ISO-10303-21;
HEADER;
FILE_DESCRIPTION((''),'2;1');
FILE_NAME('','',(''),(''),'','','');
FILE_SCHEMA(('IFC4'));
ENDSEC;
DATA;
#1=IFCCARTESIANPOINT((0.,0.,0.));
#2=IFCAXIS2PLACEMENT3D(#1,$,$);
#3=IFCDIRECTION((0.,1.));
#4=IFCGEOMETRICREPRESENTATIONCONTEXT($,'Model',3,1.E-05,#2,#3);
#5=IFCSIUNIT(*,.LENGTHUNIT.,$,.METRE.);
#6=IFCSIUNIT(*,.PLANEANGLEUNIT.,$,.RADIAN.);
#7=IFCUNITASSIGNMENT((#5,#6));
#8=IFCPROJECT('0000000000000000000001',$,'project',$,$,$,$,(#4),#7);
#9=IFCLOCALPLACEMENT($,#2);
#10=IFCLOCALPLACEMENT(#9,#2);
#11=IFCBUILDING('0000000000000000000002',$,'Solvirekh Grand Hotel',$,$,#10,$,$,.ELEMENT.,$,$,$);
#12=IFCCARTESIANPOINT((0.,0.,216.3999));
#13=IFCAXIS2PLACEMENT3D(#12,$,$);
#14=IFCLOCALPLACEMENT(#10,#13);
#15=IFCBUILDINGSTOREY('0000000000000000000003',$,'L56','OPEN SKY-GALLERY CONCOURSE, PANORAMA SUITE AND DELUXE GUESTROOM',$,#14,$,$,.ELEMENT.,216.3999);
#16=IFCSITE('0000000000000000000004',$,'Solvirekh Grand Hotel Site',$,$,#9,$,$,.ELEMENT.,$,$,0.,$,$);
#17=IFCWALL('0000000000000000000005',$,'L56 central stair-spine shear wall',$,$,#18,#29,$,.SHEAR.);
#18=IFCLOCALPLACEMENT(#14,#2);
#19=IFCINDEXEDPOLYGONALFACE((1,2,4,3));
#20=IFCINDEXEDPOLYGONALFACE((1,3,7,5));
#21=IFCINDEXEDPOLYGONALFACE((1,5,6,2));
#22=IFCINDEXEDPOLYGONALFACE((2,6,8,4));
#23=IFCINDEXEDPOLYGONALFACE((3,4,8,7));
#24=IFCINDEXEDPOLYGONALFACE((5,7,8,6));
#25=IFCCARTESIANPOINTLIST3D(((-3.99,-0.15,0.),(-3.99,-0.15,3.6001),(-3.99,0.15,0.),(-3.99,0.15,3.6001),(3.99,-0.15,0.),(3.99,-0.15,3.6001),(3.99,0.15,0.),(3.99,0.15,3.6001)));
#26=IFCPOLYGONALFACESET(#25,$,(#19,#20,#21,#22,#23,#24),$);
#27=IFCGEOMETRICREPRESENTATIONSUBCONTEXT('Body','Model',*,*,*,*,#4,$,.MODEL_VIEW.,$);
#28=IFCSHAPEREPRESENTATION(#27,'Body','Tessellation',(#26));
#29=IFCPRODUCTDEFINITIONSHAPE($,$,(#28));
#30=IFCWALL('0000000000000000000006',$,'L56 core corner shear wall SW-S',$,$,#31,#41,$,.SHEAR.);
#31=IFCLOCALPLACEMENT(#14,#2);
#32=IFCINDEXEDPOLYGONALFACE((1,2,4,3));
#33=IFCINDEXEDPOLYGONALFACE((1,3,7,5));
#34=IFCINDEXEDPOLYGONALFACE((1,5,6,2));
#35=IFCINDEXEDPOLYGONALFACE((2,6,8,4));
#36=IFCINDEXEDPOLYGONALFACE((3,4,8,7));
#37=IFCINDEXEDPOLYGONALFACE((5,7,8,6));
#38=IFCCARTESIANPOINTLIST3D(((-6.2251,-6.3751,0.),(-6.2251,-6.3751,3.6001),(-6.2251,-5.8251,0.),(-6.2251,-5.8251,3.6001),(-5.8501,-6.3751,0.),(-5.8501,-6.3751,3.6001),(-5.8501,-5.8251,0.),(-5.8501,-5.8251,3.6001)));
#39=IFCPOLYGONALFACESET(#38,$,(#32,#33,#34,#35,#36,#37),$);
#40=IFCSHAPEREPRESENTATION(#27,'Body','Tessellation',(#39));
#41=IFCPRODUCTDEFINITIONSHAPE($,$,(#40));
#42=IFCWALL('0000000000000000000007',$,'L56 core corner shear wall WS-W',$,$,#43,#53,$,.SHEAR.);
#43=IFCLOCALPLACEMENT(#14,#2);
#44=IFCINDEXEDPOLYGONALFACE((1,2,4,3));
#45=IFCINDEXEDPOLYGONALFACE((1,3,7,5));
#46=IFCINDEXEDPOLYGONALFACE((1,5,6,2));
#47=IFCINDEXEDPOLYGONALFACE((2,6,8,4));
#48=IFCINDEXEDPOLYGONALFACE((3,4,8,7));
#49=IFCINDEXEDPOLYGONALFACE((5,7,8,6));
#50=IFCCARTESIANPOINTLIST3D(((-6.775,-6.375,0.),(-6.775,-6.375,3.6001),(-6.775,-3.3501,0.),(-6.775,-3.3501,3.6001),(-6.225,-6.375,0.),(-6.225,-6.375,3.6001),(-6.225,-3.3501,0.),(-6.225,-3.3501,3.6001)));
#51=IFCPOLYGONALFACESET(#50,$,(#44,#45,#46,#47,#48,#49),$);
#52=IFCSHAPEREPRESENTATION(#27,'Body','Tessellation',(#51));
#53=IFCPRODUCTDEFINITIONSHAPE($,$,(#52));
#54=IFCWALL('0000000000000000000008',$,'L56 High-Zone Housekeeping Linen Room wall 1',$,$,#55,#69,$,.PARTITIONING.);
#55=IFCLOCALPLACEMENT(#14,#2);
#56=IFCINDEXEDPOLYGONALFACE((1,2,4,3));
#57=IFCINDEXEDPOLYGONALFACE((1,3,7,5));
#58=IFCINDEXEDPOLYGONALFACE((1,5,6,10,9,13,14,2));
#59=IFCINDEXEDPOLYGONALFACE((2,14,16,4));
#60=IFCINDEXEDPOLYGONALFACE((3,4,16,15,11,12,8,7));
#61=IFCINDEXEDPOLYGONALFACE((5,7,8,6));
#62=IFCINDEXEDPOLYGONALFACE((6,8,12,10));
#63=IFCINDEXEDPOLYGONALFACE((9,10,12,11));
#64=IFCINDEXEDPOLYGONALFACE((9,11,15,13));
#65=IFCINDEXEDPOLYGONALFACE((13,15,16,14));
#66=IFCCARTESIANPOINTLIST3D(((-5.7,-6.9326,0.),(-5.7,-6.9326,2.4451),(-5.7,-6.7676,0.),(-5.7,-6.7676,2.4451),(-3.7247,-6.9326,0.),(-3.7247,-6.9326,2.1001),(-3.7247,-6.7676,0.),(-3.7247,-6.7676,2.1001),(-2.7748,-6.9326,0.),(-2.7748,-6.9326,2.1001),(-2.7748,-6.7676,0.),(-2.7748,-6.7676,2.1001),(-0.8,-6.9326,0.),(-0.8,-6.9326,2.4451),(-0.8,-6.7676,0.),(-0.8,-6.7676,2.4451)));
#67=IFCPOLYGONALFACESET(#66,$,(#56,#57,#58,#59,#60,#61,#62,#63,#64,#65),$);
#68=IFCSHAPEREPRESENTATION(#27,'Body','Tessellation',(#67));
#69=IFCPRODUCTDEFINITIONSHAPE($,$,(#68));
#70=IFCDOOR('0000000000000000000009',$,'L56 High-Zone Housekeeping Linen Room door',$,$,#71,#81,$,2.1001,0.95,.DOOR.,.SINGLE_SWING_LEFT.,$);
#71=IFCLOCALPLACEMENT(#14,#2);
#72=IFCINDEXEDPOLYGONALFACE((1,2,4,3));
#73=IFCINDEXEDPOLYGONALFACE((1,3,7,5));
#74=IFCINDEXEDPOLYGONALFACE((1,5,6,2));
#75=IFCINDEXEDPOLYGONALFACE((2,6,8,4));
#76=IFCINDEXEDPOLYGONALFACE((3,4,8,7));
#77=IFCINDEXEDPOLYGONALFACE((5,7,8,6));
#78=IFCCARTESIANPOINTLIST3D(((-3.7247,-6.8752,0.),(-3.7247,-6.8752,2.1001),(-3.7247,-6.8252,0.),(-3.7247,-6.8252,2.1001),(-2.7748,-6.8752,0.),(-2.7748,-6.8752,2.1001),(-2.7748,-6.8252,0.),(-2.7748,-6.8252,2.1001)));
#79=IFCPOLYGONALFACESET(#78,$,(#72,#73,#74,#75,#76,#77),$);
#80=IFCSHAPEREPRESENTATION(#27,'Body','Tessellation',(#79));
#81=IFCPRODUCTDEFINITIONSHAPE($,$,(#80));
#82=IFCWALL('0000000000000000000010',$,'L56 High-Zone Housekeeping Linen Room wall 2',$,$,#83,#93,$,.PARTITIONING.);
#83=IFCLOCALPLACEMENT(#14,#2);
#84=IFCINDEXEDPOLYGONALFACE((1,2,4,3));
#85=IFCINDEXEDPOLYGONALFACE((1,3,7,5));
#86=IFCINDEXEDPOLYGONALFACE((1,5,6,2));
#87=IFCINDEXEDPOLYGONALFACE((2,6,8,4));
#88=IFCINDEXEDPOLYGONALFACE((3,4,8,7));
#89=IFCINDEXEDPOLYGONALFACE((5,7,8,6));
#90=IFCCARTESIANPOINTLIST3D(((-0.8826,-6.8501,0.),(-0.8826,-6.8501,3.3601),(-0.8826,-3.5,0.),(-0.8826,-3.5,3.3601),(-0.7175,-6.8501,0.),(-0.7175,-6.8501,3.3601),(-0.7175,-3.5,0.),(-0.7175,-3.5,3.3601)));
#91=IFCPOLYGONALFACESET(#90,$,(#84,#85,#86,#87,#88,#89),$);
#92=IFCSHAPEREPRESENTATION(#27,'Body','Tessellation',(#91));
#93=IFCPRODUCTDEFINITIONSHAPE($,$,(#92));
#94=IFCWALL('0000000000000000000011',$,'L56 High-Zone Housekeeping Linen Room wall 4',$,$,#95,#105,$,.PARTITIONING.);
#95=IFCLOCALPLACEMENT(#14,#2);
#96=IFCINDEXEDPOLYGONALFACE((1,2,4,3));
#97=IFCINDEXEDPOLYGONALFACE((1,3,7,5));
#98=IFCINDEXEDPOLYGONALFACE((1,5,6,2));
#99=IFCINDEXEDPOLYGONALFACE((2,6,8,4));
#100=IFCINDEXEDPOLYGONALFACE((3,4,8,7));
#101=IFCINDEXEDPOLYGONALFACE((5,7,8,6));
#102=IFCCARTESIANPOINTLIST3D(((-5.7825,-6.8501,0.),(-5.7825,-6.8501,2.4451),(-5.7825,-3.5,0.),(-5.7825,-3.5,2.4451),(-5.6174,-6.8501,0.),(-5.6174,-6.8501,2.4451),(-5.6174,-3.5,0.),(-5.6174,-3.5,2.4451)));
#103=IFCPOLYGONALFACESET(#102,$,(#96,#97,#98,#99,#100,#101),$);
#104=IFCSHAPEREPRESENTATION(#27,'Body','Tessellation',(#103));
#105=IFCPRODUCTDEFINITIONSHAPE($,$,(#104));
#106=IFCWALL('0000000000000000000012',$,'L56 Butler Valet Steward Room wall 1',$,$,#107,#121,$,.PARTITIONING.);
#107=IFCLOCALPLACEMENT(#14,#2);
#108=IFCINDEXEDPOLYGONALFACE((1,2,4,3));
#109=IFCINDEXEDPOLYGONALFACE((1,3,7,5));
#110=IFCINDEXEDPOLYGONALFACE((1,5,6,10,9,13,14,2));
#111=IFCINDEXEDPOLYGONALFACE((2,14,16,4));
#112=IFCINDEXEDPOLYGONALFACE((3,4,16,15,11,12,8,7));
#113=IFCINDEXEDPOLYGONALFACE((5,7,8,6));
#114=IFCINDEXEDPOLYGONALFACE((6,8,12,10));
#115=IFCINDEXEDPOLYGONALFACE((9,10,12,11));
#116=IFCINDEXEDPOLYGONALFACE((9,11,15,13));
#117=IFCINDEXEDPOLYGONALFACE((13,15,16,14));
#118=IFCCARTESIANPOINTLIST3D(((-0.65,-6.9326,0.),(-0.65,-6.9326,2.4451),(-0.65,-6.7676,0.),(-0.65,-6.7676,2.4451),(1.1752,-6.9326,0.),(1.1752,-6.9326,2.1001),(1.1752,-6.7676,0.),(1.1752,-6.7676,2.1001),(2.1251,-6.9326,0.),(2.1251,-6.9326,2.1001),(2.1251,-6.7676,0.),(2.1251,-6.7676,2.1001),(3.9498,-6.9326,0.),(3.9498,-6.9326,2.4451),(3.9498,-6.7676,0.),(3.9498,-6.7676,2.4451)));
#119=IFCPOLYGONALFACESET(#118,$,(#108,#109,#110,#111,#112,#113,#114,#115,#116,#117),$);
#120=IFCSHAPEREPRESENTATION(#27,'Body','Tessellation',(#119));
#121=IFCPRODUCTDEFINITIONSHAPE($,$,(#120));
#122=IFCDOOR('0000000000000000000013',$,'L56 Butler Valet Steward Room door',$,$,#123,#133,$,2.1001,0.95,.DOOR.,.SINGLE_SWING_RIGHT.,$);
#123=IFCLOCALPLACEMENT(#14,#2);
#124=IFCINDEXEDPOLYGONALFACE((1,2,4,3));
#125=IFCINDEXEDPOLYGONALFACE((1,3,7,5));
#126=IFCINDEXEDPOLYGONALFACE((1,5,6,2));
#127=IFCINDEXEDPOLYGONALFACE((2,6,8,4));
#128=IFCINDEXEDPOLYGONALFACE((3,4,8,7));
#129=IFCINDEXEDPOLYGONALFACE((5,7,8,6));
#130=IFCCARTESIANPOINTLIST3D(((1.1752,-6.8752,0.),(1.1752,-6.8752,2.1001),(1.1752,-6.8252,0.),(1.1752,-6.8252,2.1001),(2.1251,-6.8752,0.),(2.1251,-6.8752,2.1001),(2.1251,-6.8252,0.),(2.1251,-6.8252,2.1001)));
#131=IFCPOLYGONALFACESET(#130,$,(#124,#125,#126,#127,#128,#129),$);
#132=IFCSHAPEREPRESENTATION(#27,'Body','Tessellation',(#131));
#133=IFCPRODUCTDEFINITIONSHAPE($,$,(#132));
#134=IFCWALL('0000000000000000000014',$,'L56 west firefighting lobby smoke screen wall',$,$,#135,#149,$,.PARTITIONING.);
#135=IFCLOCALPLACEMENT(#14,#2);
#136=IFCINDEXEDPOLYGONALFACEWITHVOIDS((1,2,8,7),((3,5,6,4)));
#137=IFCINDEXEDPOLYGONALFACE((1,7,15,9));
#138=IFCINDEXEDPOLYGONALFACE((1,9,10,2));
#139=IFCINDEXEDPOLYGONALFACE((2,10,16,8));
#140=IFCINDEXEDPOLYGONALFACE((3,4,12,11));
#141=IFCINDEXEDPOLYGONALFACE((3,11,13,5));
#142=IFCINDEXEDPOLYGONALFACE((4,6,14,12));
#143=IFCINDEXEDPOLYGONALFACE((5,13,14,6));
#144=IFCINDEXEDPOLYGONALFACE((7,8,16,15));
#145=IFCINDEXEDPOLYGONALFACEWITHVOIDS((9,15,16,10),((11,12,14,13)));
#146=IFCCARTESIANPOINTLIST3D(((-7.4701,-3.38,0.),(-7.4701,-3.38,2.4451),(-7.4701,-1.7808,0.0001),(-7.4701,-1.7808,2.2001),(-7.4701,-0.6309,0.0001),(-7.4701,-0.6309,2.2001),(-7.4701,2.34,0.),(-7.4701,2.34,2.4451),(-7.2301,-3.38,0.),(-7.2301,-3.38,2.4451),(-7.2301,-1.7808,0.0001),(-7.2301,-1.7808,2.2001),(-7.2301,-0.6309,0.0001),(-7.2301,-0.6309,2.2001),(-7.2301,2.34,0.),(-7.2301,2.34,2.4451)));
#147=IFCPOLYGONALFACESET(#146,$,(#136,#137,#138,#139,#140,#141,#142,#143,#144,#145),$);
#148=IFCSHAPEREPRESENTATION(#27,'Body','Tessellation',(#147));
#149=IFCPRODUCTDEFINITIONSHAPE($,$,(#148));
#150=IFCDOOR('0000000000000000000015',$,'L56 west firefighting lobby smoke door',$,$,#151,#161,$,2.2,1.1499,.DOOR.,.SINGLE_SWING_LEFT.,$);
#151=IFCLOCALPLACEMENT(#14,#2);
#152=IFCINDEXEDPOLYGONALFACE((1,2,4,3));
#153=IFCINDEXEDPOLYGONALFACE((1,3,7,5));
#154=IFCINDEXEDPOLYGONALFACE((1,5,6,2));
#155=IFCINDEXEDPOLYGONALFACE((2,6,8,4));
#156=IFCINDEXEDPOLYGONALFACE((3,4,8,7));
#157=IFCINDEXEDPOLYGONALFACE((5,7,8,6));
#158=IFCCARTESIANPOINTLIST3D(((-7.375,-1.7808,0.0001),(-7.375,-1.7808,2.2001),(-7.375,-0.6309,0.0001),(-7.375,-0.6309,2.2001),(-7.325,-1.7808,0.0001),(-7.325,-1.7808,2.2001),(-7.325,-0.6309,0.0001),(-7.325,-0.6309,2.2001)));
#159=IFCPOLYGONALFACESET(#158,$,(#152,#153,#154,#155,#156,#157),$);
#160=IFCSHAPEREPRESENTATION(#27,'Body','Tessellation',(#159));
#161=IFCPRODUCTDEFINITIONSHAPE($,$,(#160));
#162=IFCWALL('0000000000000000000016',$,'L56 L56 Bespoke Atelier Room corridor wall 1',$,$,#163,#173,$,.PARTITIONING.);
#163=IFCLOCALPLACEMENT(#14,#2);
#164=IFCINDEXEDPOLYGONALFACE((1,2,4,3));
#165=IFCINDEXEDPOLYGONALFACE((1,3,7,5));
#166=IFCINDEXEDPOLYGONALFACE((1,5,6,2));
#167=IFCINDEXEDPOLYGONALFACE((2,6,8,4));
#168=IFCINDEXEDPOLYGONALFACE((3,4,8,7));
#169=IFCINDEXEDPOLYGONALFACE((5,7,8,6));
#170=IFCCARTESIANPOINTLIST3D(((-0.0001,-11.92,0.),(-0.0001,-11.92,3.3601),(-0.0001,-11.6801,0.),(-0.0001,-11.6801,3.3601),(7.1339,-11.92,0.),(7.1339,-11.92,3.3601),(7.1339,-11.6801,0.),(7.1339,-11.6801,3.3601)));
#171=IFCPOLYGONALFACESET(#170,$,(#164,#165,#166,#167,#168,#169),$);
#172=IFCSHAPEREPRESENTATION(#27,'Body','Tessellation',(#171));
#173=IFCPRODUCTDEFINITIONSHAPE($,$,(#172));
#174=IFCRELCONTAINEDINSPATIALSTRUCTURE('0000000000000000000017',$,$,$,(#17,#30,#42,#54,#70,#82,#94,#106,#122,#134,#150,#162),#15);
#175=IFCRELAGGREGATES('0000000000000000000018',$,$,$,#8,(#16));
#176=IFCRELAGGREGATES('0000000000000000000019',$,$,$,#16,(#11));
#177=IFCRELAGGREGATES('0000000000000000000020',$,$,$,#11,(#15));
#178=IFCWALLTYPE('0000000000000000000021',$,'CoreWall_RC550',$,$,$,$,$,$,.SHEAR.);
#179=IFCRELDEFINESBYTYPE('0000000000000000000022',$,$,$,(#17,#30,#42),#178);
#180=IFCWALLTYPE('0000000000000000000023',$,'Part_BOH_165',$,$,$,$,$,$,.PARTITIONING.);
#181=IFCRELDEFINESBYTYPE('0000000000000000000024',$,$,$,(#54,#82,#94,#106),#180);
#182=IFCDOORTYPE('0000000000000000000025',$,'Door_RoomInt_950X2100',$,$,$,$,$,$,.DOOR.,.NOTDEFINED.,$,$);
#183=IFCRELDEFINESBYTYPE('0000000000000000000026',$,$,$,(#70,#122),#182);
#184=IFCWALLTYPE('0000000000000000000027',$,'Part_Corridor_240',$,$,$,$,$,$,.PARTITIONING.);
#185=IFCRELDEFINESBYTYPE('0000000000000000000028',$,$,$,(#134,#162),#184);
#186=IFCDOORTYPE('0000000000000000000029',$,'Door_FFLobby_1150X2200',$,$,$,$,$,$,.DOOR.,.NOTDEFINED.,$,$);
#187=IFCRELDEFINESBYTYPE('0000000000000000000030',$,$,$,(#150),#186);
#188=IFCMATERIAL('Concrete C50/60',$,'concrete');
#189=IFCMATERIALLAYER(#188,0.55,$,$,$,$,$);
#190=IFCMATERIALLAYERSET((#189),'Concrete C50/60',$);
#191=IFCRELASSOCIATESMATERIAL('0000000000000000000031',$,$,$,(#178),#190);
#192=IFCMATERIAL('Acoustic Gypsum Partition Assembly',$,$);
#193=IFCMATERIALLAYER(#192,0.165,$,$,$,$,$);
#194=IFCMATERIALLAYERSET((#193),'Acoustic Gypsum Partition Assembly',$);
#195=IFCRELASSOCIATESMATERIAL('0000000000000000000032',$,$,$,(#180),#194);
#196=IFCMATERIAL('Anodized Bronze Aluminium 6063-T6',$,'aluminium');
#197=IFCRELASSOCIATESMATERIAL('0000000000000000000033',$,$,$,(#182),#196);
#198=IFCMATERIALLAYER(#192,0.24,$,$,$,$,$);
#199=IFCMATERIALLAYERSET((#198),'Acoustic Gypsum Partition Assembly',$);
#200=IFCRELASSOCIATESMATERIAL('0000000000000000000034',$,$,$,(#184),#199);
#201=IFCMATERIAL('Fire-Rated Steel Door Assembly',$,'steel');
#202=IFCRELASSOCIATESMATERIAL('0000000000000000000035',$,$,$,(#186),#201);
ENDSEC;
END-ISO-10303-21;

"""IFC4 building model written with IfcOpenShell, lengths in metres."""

from ifc_helpers import new_model, si_unit, direction, frame, frame_2d, origin, place, context, subcontext, project, spatial, rectangle, extrude, material, layer, layer_set, type_object, element, fill, save


model = new_model("IFC4")

# Units and contexts
model_context = context("Model", 3, precision=1e-05, world=origin(), true_north=direction((0.0, 1.0)))
body_context = subcontext(model_context, "Body", "Model", "MODEL_VIEW")
ifc_project = project(units=[si_unit("LENGTHUNIT", "METRE"), si_unit("PLANEANGLEUNIT", "RADIAN")], contexts=[model_context])

# Site, building, storey
site_placement = place(None, origin())
site = spatial("IfcSite", under=ifc_project, at=site_placement, Name="Solvirekh Grand Hotel Site", CompositionType="ELEMENT", RefElevation=0.0)
building_placement = place(site_placement, origin())
building = spatial("IfcBuilding", under=site, at=building_placement, Name="Solvirekh Grand Hotel", CompositionType="ELEMENT")
storey_placement = place(building_placement, frame((0.0, 0.0, 216.3999)))
storey = spatial("IfcBuildingStorey", under=building, at=storey_placement, Name="L56", Description="OPEN SKY-GALLERY CONCOURSE, PANORAMA SUITE AND DELUXE GUESTROOM", CompositionType="ELEMENT", Elevation=216.3999)

# Shared definitions
ifc_material_1 = material(Name="Concrete C50/60", Category="concrete")

# Shared definitions
ifc_material_2 = material(Name="Anodized Bronze Aluminium 6063-T6", Category="aluminium")

# Shared definitions
ifc_material_3 = material(Name="Fire-Rated Steel Door Assembly", Category="steel")

# Walls
ifc_layer_1 = layer(ifc_material_1, 0.55)
ifc_layer_set_1 = layer_set([ifc_layer_1], Name="Concrete C50/60")
wall_type_1 = type_object("IfcWallType", Name="CoreWall_RC550", PredefinedType="SHEAR", material=ifc_layer_set_1)
wall_1_placement = place(storey_placement, frame((-3.99, 0.0, 0.0), z_axis=(0.0, 0.0, 1.0), x_axis=(1.0, 0.0, 0.0)))
element("IfcWall", 1, at=wall_1_placement, inside=storey, type_object=wall_type_1, Name="L56 central stair-spine shear wall", PredefinedType="SHEAR", context=body_context, shape_type="SweptSolid", body=[
    extrude(rectangle(XDim=7.98, YDim=0.3, at=frame_2d((3.99, 0.0))), origin(), (0.0, 0.0, 1.0), 3.6001),
])
wall_2_placement = place(storey_placement, frame((-6.2251, -6.1001, 0.0), z_axis=(0.0, 0.0, 1.0), x_axis=(1.0, 0.0, 0.0)))
element("IfcWall", 2, at=wall_2_placement, inside=storey, type_object=wall_type_1, Name="L56 core corner shear wall SW-S", PredefinedType="SHEAR", context=body_context, shape_type="SweptSolid", body=[
    extrude(rectangle(XDim=0.375, YDim=0.55, at=frame_2d((0.1875, 0.0))), origin(), (0.0, 0.0, 1.0), 3.6001),
])
wall_3_placement = place(storey_placement, frame((-6.5, -6.375, 0.0), z_axis=(0.0, 0.0, 1.0), x_axis=(0.0, 1.0, 0.0)))
element("IfcWall", 3, at=wall_3_placement, inside=storey, type_object=wall_type_1, Name="L56 core corner shear wall WS-W", PredefinedType="SHEAR", context=body_context, shape_type="SweptSolid", body=[
    extrude(rectangle(XDim=3.0249, YDim=0.55, at=frame_2d((1.5125, 0.0))), origin(), (0.0, 0.0, 1.0), 3.6001),
])

# Wall, opening, door
ifc_material_4 = material(Name="Acoustic Gypsum Partition Assembly")
ifc_layer_2 = layer(ifc_material_4, 0.165)
ifc_layer_set_2 = layer_set([ifc_layer_2], Name="Acoustic Gypsum Partition Assembly")
wall_type_2 = type_object("IfcWallType", Name="Part_BOH_165", PredefinedType="PARTITIONING", material=ifc_layer_set_2)
wall_4_placement = place(storey_placement, frame((-5.7, -6.8501, 0.0), z_axis=(0.0, 0.0, 1.0), x_axis=(1.0, 0.0, 0.0)))
wall_4 = element("IfcWall", 4, at=wall_4_placement, inside=storey, type_object=wall_type_2, Name="L56 High-Zone Housekeeping Linen Room wall 1", PredefinedType="PARTITIONING", context=body_context, shape_type="SweptSolid", body=[
    extrude(rectangle(XDim=4.8999, YDim=0.165, at=frame_2d((2.45, 0.0))), origin(), (0.0, 0.0, 1.0), 2.4451),
])
opening_1_placement = place(wall_4_placement, frame((1.9751, 0.0, 0.0)))
opening_1 = element("IfcOpeningElement", 5, at=opening_1_placement, cuts=wall_4, PredefinedType="OPENING", context=body_context, shape_type="SweptSolid", body=[
    extrude(rectangle(XDim=0.95, YDim=2.1001, at=frame_2d((0.4751, 1.05))), frame((0.0, 0.0925, 0.0), z_axis=(0.0, -1.0, 0.0), x_axis=(1.0, 0.0, 0.0)), (0.0, 0.0, 1.0), 0.1851),
])
door_type_1 = type_object("IfcDoorType", Name="Door_RoomInt_950X2100", OperationType="NOTDEFINED", PredefinedType="DOOR", material=ifc_material_2)
door_1_placement = place(opening_1_placement, origin())
door_1 = element("IfcDoor", 6, at=door_1_placement, inside=storey, type_object=door_type_1, Name="L56 High-Zone Housekeeping Linen Room door", OperationType="SINGLE_SWING_LEFT", OverallHeight=2.1001, OverallWidth=0.95, PredefinedType="DOOR", context=body_context, shape_type="SweptSolid", body=[
    extrude(rectangle(XDim=0.95, YDim=2.1001, at=frame_2d((0.4751, 1.05))), frame((0.0, 0.0249, 0.0), z_axis=(0.0, -1.0, 0.0), x_axis=(1.0, 0.0, 0.0)), (0.0, 0.0, 1.0), 0.05),
])
fill(opening_1, door_1)

# Walls
wall_5_placement = place(storey_placement, frame((-0.8, -6.8501, 0.0), z_axis=(0.0, 0.0, 1.0), x_axis=(0.0, 1.0, 0.0)))
element("IfcWall", 7, at=wall_5_placement, inside=storey, type_object=wall_type_2, Name="L56 High-Zone Housekeeping Linen Room wall 2", PredefinedType="PARTITIONING", context=body_context, shape_type="SweptSolid", body=[
    extrude(rectangle(XDim=3.3501, YDim=0.165, at=frame_2d((1.675, 0.0))), origin(), (0.0, 0.0, 1.0), 3.3601),
])
wall_6_placement = place(storey_placement, frame((-5.7, -3.5, 0.0), z_axis=(0.0, 0.0, 1.0), x_axis=(0.0, -1.0, 0.0)))
element("IfcWall", 8, at=wall_6_placement, inside=storey, type_object=wall_type_2, Name="L56 High-Zone Housekeeping Linen Room wall 4", PredefinedType="PARTITIONING", context=body_context, shape_type="SweptSolid", body=[
    extrude(rectangle(XDim=3.3501, YDim=0.165, at=frame_2d((1.675, 0.0))), origin(), (0.0, 0.0, 1.0), 2.4451),
])

# Walls, openings, doors
wall_7_placement = place(storey_placement, frame((-0.6499, -6.8501, 0.0), z_axis=(0.0, 0.0, 1.0), x_axis=(1.0, 0.0, 0.0)))
wall_7 = element("IfcWall", 9, at=wall_7_placement, inside=storey, type_object=wall_type_2, Name="L56 Butler Valet Steward Room wall 1", PredefinedType="PARTITIONING", context=body_context, shape_type="SweptSolid", body=[
    extrude(rectangle(XDim=4.5999, YDim=0.165, at=frame_2d((2.2998, 0.0))), origin(), (0.0, 0.0, 1.0), 2.4451),
])
opening_2_placement = place(wall_7_placement, frame((1.825, 0.0, 0.0)))
opening_2 = element("IfcOpeningElement", 10, at=opening_2_placement, cuts=wall_7, PredefinedType="OPENING", context=body_context, shape_type="SweptSolid", body=[
    extrude(rectangle(XDim=0.95, YDim=2.1001, at=frame_2d((0.4751, 1.05))), frame((0.0, 0.0925, 0.0), z_axis=(0.0, -1.0, 0.0), x_axis=(1.0, 0.0, 0.0)), (0.0, 0.0, 1.0), 0.1851),
])
door_2_placement = place(opening_2_placement, origin())
door_2 = element("IfcDoor", 11, at=door_2_placement, inside=storey, type_object=door_type_1, Name="L56 Butler Valet Steward Room door", OperationType="SINGLE_SWING_RIGHT", OverallHeight=2.1001, OverallWidth=0.95, PredefinedType="DOOR", context=body_context, shape_type="SweptSolid", body=[
    extrude(rectangle(XDim=0.95, YDim=2.1001, at=frame_2d((0.4751, 1.05))), frame((0.0, 0.0249, 0.0), z_axis=(0.0, -1.0, 0.0), x_axis=(1.0, 0.0, 0.0)), (0.0, 0.0, 1.0), 0.05),
])
fill(opening_2, door_2)
ifc_layer_3 = layer(ifc_material_4, 0.24)
ifc_layer_set_3 = layer_set([ifc_layer_3], Name="Acoustic Gypsum Partition Assembly")
wall_type_3 = type_object("IfcWallType", Name="Part_Corridor_240", PredefinedType="PARTITIONING", material=ifc_layer_set_3)
wall_8_placement = place(storey_placement, frame((-7.3501, -3.3799, 0.0), z_axis=(0.0, 0.0, 1.0), x_axis=(0.0, 1.0, 0.0)))
wall_8 = element("IfcWall", 12, at=wall_8_placement, inside=storey, type_object=wall_type_3, Name="L56 west firefighting lobby smoke screen wall", PredefinedType="PARTITIONING", context=body_context, shape_type="SweptSolid", body=[
    extrude(rectangle(XDim=5.72, YDim=0.24, at=frame_2d((2.8599, 0.0))), origin(), (0.0, 0.0, 1.0), 2.4451),
])
opening_3_placement = place(wall_8_placement, frame((1.5991, 0.0, 0.0)))
opening_3 = element("IfcOpeningElement", 13, at=opening_3_placement, cuts=wall_8, PredefinedType="OPENING", context=body_context, shape_type="SweptSolid", body=[
    extrude(rectangle(XDim=1.1499, YDim=2.2, at=frame_2d((0.575, 1.1001))), frame((0.0, 0.1299, 0.0), z_axis=(0.0, -1.0, 0.0), x_axis=(1.0, 0.0, 0.0)), (0.0, 0.0, 1.0), 0.26),
])
door_type_2 = type_object("IfcDoorType", Name="Door_FFLobby_1150X2200", OperationType="NOTDEFINED", PredefinedType="DOOR", material=ifc_material_3)
door_3_placement = place(opening_3_placement, origin())
door_3 = element("IfcDoor", 14, at=door_3_placement, inside=storey, type_object=door_type_2, Name="L56 west firefighting lobby smoke door", OperationType="SINGLE_SWING_LEFT", OverallHeight=2.2, OverallWidth=1.1499, PredefinedType="DOOR", context=body_context, shape_type="SweptSolid", body=[
    extrude(rectangle(XDim=1.1499, YDim=2.2, at=frame_2d((0.575, 1.1001))), frame((0.0, 0.0249, 0.0), z_axis=(0.0, -1.0, 0.0), x_axis=(1.0, 0.0, 0.0)), (0.0, 0.0, 1.0), 0.05),
])
fill(opening_3, door_3)

# Wall
wall_9_placement = place(storey_placement, frame((0.0, -11.8, 0.0), z_axis=(0.0, 0.0, 1.0), x_axis=(1.0, 0.0, 0.0)))
element("IfcWall", 15, at=wall_9_placement, inside=storey, type_object=wall_type_3, Name="L56 L56 Bespoke Atelier Room corridor wall 1", PredefinedType="PARTITIONING", context=body_context, shape_type="SweptSolid", body=[
    extrude(rectangle(XDim=7.134, YDim=0.24, at=frame_2d((3.5669, 0.0))), origin(), (0.0, 0.0, 1.0), 3.3601),
])

save(model, "model.ifc")
